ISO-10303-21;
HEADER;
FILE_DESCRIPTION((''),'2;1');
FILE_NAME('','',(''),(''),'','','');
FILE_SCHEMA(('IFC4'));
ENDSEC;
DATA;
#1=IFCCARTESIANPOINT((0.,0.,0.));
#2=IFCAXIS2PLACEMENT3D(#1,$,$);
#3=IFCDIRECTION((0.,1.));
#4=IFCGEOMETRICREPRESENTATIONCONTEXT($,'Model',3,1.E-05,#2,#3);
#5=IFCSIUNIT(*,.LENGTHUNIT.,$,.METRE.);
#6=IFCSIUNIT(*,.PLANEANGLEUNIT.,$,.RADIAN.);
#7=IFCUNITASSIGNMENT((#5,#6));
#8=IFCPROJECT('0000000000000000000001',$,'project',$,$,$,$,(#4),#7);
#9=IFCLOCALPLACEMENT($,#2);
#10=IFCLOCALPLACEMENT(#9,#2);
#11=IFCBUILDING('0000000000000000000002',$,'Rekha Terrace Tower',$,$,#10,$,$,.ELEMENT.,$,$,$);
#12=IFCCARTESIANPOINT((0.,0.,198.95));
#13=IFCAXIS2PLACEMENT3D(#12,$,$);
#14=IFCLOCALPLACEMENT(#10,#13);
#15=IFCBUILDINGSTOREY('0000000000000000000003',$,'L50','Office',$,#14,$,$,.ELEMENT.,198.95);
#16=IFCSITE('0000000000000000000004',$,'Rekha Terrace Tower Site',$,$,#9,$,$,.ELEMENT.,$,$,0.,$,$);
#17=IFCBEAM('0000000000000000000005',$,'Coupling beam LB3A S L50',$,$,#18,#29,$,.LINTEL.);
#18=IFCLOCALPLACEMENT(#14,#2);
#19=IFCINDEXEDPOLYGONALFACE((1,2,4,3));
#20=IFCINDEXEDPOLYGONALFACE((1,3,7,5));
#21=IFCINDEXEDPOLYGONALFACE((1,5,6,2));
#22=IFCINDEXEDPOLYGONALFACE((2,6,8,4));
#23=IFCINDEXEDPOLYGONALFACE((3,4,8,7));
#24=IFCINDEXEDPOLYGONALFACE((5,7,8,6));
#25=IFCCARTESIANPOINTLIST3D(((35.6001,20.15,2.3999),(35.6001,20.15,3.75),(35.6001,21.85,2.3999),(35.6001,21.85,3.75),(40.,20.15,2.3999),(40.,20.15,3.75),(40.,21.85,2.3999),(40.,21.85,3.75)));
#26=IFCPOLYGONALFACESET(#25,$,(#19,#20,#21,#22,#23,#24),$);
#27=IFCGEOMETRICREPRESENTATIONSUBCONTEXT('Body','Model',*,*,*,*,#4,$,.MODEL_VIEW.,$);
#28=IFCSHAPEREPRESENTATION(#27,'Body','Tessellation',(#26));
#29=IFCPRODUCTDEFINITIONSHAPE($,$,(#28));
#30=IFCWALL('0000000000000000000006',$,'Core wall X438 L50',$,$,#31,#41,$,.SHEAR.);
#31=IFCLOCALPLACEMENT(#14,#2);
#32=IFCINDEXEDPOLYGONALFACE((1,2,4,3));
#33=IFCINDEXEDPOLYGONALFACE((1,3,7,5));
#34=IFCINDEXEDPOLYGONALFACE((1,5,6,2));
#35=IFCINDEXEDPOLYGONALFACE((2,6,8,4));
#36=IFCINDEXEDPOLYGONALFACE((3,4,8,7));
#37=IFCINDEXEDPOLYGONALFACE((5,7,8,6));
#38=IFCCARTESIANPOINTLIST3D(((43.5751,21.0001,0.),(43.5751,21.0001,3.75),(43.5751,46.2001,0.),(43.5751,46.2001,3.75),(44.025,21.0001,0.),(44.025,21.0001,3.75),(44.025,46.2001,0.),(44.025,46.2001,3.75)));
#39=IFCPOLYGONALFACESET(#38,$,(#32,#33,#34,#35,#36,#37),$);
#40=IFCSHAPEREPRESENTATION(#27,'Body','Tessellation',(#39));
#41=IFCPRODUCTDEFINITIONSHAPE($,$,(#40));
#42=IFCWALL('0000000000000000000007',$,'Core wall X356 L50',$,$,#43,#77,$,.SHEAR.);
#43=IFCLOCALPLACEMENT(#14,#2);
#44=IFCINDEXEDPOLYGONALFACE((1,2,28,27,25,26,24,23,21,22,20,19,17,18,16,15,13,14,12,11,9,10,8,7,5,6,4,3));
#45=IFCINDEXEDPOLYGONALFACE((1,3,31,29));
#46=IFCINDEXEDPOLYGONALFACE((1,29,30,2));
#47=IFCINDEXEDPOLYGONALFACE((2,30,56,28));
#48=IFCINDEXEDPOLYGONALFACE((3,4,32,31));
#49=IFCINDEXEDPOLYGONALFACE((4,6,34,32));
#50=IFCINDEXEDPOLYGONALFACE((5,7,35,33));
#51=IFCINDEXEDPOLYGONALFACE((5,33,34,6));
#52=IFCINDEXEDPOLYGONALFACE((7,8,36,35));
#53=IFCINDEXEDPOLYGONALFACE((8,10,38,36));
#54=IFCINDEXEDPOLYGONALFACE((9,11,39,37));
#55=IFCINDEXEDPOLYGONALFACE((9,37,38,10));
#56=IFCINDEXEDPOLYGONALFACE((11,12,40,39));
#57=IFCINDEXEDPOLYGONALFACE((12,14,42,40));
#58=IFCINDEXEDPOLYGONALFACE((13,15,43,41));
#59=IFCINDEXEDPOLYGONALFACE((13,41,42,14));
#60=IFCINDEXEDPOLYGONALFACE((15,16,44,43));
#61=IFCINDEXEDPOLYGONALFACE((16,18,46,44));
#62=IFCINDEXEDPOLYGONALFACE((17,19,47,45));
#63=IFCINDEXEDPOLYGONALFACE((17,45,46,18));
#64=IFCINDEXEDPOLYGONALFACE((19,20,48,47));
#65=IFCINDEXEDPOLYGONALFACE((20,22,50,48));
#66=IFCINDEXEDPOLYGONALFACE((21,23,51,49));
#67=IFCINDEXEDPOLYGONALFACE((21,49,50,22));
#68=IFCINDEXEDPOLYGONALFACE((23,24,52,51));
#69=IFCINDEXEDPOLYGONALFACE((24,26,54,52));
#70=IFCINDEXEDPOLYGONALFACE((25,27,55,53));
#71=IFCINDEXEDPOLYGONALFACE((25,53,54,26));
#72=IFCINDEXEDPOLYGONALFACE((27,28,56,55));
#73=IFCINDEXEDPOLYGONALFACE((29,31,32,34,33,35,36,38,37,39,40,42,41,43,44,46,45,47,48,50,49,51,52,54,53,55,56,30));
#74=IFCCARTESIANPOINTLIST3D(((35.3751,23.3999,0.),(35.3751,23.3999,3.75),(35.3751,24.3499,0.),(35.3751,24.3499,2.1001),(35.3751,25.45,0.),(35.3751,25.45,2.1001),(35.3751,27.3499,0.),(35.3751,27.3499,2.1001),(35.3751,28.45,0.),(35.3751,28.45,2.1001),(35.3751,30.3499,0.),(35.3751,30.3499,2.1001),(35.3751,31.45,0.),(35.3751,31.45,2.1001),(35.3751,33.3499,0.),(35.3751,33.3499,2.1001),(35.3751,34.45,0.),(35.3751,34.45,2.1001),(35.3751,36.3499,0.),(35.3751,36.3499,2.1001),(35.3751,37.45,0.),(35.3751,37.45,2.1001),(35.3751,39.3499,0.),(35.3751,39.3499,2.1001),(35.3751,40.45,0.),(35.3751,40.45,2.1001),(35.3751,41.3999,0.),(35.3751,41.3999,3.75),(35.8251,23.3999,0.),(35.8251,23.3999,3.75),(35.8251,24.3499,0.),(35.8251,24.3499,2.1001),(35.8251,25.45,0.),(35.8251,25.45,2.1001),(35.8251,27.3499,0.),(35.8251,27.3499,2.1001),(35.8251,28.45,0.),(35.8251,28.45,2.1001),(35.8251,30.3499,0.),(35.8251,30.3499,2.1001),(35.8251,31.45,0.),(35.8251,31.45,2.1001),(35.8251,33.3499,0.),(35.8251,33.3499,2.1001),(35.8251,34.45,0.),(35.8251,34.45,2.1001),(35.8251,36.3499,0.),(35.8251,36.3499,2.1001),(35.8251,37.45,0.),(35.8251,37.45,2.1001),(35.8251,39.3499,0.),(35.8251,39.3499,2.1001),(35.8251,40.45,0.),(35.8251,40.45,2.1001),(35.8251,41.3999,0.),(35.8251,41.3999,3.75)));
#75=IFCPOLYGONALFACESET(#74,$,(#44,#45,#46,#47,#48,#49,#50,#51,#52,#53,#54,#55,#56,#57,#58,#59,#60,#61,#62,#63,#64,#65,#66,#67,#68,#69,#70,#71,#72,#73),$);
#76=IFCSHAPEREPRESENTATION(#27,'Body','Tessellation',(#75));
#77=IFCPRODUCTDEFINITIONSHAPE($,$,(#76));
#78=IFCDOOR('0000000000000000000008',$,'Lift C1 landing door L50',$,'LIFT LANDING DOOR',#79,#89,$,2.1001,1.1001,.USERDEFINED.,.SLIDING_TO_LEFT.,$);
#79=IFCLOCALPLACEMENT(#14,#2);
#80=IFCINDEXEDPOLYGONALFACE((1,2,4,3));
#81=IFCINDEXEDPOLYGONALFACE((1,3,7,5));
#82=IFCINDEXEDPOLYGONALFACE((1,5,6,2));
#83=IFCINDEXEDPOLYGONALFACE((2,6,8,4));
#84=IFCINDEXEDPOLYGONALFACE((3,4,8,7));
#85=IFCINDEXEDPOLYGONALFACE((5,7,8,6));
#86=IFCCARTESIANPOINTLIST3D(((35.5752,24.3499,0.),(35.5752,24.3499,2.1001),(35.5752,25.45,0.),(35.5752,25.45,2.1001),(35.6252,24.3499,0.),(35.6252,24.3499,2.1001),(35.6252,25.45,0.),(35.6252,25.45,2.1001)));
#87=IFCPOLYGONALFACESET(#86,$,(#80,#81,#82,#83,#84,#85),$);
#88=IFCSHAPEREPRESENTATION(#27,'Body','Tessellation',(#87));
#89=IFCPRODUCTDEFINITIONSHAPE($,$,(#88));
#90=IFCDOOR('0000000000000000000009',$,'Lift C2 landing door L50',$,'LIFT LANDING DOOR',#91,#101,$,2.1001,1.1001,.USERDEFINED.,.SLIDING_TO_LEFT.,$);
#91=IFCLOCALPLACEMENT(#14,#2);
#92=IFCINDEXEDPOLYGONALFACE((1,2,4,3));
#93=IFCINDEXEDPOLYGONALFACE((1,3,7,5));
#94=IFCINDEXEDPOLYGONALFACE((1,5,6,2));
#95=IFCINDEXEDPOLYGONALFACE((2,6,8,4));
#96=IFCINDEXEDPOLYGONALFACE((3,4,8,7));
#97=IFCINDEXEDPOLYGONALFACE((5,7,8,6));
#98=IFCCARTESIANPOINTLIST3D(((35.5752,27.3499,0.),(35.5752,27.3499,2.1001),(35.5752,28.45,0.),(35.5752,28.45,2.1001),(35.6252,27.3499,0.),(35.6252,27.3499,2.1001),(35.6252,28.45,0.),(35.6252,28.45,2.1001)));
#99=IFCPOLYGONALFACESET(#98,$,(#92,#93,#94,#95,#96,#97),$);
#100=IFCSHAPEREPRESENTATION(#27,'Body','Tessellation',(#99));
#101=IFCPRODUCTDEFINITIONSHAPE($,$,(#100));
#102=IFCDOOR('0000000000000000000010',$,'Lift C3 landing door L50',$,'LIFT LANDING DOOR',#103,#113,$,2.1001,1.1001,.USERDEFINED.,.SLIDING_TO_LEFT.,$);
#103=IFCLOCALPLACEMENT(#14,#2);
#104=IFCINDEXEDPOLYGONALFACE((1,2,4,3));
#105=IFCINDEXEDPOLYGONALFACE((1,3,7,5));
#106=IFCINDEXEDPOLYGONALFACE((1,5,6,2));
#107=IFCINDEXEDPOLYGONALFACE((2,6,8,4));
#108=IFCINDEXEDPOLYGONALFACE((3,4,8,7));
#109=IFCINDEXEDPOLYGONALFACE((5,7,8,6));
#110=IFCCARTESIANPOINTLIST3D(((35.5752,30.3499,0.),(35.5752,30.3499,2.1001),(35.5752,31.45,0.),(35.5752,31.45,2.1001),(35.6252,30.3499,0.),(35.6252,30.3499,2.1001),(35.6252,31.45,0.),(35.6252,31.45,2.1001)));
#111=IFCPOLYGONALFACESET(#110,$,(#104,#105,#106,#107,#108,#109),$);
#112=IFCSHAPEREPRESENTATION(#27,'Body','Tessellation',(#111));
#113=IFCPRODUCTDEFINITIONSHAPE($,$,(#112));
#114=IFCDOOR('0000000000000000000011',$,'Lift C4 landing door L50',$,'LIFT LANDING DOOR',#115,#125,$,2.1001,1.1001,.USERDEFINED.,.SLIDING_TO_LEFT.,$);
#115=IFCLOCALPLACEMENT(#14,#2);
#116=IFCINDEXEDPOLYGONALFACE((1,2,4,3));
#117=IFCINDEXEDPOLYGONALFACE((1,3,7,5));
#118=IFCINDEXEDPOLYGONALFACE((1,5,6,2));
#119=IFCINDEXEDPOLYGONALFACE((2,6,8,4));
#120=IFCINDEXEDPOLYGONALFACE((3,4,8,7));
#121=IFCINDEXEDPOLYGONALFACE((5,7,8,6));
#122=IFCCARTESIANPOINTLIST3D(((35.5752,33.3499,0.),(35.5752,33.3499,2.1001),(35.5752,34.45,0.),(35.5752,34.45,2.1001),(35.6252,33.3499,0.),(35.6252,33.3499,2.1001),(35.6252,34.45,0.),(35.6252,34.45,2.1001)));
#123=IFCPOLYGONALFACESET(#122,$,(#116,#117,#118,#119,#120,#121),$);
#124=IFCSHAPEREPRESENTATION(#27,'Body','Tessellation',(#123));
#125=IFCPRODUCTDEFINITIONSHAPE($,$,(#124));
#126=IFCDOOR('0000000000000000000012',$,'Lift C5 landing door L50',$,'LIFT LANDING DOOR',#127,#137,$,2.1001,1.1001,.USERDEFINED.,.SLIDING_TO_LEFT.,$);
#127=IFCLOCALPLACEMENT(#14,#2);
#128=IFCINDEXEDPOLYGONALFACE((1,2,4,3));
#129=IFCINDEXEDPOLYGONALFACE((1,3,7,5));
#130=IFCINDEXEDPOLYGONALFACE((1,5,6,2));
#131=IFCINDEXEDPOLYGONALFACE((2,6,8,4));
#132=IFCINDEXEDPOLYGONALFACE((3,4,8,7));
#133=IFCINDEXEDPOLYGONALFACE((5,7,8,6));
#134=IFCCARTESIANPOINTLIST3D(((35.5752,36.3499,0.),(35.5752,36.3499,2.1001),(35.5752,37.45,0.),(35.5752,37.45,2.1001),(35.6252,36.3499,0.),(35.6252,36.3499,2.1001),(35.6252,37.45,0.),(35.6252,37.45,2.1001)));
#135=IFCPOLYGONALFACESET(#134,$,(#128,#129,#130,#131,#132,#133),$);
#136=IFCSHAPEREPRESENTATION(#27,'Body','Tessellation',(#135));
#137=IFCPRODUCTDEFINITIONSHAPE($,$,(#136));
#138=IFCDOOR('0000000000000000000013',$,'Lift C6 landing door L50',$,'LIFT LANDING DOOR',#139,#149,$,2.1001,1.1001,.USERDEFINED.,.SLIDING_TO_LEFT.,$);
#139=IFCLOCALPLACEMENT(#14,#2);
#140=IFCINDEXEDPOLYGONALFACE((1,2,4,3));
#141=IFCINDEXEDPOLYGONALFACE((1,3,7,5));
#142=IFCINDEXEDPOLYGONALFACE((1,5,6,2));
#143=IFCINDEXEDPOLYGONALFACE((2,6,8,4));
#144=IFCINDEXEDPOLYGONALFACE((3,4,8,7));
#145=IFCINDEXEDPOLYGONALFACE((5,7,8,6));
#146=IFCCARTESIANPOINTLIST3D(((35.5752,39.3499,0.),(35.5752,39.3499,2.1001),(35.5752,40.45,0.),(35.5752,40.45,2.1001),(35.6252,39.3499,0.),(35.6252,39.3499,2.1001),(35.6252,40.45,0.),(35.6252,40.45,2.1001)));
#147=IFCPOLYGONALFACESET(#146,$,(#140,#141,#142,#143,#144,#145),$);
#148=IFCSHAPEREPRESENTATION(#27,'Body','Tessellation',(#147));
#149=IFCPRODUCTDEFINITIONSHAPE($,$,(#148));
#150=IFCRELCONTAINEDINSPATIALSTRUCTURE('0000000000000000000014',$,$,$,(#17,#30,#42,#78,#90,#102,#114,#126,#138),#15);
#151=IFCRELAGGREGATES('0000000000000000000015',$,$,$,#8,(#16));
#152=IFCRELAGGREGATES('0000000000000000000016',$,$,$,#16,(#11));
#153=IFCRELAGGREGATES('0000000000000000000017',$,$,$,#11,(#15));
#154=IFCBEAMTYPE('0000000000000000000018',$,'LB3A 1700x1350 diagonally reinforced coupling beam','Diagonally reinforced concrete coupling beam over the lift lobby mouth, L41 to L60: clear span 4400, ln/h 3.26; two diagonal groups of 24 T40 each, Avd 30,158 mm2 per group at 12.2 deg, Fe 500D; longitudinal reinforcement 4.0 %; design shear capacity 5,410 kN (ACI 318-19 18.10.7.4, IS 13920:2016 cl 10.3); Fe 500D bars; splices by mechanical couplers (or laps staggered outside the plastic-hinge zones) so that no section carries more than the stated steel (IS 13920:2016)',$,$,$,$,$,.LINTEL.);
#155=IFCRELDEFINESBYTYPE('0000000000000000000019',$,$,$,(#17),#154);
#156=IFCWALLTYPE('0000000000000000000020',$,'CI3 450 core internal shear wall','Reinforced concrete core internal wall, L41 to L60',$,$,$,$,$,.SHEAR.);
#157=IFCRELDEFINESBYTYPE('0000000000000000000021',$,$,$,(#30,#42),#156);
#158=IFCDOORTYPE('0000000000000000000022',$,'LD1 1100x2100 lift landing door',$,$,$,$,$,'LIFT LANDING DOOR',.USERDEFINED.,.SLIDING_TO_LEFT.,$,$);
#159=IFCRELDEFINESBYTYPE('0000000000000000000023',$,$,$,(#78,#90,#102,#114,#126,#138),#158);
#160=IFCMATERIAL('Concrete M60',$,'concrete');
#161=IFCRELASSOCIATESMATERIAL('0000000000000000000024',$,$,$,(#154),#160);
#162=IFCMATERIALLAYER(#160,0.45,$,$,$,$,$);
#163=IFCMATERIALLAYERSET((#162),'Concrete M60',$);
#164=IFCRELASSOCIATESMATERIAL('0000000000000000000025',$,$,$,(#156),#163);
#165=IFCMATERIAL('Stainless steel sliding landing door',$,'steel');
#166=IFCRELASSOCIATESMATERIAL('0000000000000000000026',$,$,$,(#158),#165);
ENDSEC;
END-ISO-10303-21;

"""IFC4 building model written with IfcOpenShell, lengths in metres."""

from ifc_helpers import new_model, si_unit, direction, frame, frame_2d, origin, origin_2d, place, context, subcontext, project, spatial, rectangle, extrude, material, layer, layer_set, material_profile, profile_set, type_object, element, fill, save


model = new_model("IFC4")

# Units and contexts
model_context = context("Model", 3, precision=1e-05, world=origin(), true_north=direction((0.0, 1.0)))
body_context = subcontext(model_context, "Body", "Model", "MODEL_VIEW")
ifc_project = project(units=[si_unit("LENGTHUNIT", "METRE"), si_unit("PLANEANGLEUNIT", "RADIAN")], contexts=[model_context])

# Site, building, storey
site_placement = place(None, origin())
site = spatial("IfcSite", under=ifc_project, at=site_placement, Name="Rekha Terrace Tower Site", CompositionType="ELEMENT", RefElevation=0.0)
building_placement = place(site_placement, origin())
building = spatial("IfcBuilding", under=site, at=building_placement, Name="Rekha Terrace Tower", CompositionType="ELEMENT")
storey_placement = place(building_placement, frame((0.0, 0.0, 198.95)))
storey = spatial("IfcBuildingStorey", under=building, at=storey_placement, Name="L50", Description="Office", CompositionType="ELEMENT", Elevation=198.95)

# Beam
ifc_material_1 = material(Name="Concrete M60", Category="concrete")
ifc_material_profile = material_profile(ifc_material_1, rectangle(XDim=1.7, YDim=1.3501, at=origin_2d()), Name="RC 1700x1350")
ifc_profile_set = profile_set([ifc_material_profile], Name="Concrete M60")
beam_type = type_object("IfcBeamType", Name="LB3A 1700x1350 diagonally reinforced coupling beam", Description="Diagonally reinforced concrete coupling beam over the lift lobby mouth, L41 to L60: clear span 4400, ln/h 3.26; two diagonal groups of 24 T40 each, Avd 30,158 mm2 per group at 12.2 deg, Fe 500D; longitudinal reinforcement 4.0 %; design shear capacity 5,410 kN (ACI 318-19 18.10.7.4, IS 13920:2016 cl 10.3); Fe 500D bars; splices by mechanical couplers (or laps staggered outside the plastic-hinge zones) so that no section carries more than the stated steel (IS 13920:2016)", PredefinedType="LINTEL", material=ifc_profile_set)
beam_placement = place(storey_placement, frame((35.6001, 21.0, 3.075), z_axis=(1.0, 0.0, 0.0), x_axis=(0.0, 1.0, 0.0)))
element("IfcBeam", 1, at=beam_placement, inside=storey, type_object=beam_type, Name="Coupling beam LB3A S L50", PredefinedType="LINTEL", context=body_context, shape_type="SweptSolid", body=[
    extrude(rectangle(XDim=1.7, YDim=1.3501, at=origin_2d()), origin(), (0.0, 0.0, 1.0), 4.3999),
])

# Wall
ifc_layer_1 = layer(ifc_material_1, 0.45)
ifc_layer_set_1 = layer_set([ifc_layer_1], Name="Concrete M60")
wall_type_1 = type_object("IfcWallType", Name="CI3 450 core internal shear wall", Description="Reinforced concrete core internal wall, L41 to L60", PredefinedType="SHEAR", material=ifc_layer_set_1)
wall_1_placement = place(storey_placement, frame((43.8, 21.0, 0.0), z_axis=(0.0, 0.0, 1.0), x_axis=(0.0, 1.0, 0.0)))
element("IfcWall", 2, at=wall_1_placement, inside=storey, type_object=wall_type_1, Name="Core wall X438 L50", PredefinedType="SHEAR", context=body_context, shape_type="SweptSolid", body=[
    extrude(rectangle(XDim=25.2, YDim=0.45, at=frame_2d((12.6001, 0.0))), origin(), (0.0, 0.0, 1.0), 3.75),
])

# Wall, openings, doors
wall_2_placement = place(storey_placement, frame((35.6001, 23.3999, 0.0), z_axis=(0.0, 0.0, 1.0), x_axis=(0.0, 1.0, 0.0)))
wall_2 = element("IfcWall", 3, at=wall_2_placement, inside=storey, type_object=wall_type_1, Name="Core wall X356 L50", PredefinedType="SHEAR", context=body_context, shape_type="SweptSolid", body=[
    extrude(rectangle(XDim=18.0, YDim=0.45, at=frame_2d((9.0, 0.0))), origin(), (0.0, 0.0, 1.0), 3.75),
])
opening_1_placement = place(wall_2_placement, frame((0.95, 0.0, 0.0)))
opening_1 = element("IfcOpeningElement", 4, at=opening_1_placement, cuts=wall_2, PredefinedType="OPENING", context=body_context, shape_type="SweptSolid", body=[
    extrude(rectangle(XDim=1.1001, YDim=2.1001, at=frame_2d((0.55, 1.05))), frame((0.0, 0.2349, 0.0), z_axis=(0.0, -1.0, 0.0), x_axis=(1.0, 0.0, 0.0)), (0.0, 0.0, 1.0), 0.47),
])
opening_2_placement = place(wall_2_placement, frame((3.95, 0.0, 0.0)))
opening_2 = element("IfcOpeningElement", 5, at=opening_2_placement, cuts=wall_2, PredefinedType="OPENING", context=body_context, shape_type="SweptSolid", body=[
    extrude(rectangle(XDim=1.1001, YDim=2.1001, at=frame_2d((0.55, 1.05))), frame((0.0, 0.2349, 0.0), z_axis=(0.0, -1.0, 0.0), x_axis=(1.0, 0.0, 0.0)), (0.0, 0.0, 1.0), 0.47),
])
opening_3_placement = place(wall_2_placement, frame((6.95, 0.0, 0.0)))
opening_3 = element("IfcOpeningElement", 6, at=opening_3_placement, cuts=wall_2, PredefinedType="OPENING", context=body_context, shape_type="SweptSolid", body=[
    extrude(rectangle(XDim=1.1001, YDim=2.1001, at=frame_2d((0.55, 1.05))), frame((0.0, 0.2349, 0.0), z_axis=(0.0, -1.0, 0.0), x_axis=(1.0, 0.0, 0.0)), (0.0, 0.0, 1.0), 0.47),
])
opening_4_placement = place(wall_2_placement, frame((9.95, 0.0, 0.0)))
opening_4 = element("IfcOpeningElement", 7, at=opening_4_placement, cuts=wall_2, PredefinedType="OPENING", context=body_context, shape_type="SweptSolid", body=[
    extrude(rectangle(XDim=1.1001, YDim=2.1001, at=frame_2d((0.55, 1.05))), frame((0.0, 0.2349, 0.0), z_axis=(0.0, -1.0, 0.0), x_axis=(1.0, 0.0, 0.0)), (0.0, 0.0, 1.0), 0.47),
])
opening_5_placement = place(wall_2_placement, frame((12.95, 0.0, 0.0)))
opening_5 = element("IfcOpeningElement", 8, at=opening_5_placement, cuts=wall_2, PredefinedType="OPENING", context=body_context, shape_type="SweptSolid", body=[
    extrude(rectangle(XDim=1.1001, YDim=2.1001, at=frame_2d((0.55, 1.05))), frame((0.0, 0.2349, 0.0), z_axis=(0.0, -1.0, 0.0), x_axis=(1.0, 0.0, 0.0)), (0.0, 0.0, 1.0), 0.47),
])
opening_6_placement = place(wall_2_placement, frame((15.95, 0.0, 0.0)))
opening_6 = element("IfcOpeningElement", 9, at=opening_6_placement, cuts=wall_2, PredefinedType="OPENING", context=body_context, shape_type="SweptSolid", body=[
    extrude(rectangle(XDim=1.1001, YDim=2.1001, at=frame_2d((0.55, 1.05))), frame((0.0, 0.2349, 0.0), z_axis=(0.0, -1.0, 0.0), x_axis=(1.0, 0.0, 0.0)), (0.0, 0.0, 1.0), 0.47),
])
ifc_material_2 = material(Name="Stainless steel sliding landing door", Category="steel")
door_type_1 = type_object("IfcDoorType", Name="LD1 1100x2100 lift landing door", ElementType="LIFT LANDING DOOR", OperationType="SLIDING_TO_LEFT", PredefinedType="USERDEFINED", material=ifc_material_2)
door_1_placement = place(opening_1_placement, origin())
door_1 = element("IfcDoor", 10, at=door_1_placement, inside=storey, type_object=door_type_1, Name="Lift C1 landing door L50", ObjectType="LIFT LANDING DOOR", OperationType="SLIDING_TO_LEFT", OverallHeight=2.1001, OverallWidth=1.1001, PredefinedType="USERDEFINED", context=body_context, shape_type="SweptSolid", body=[
    extrude(rectangle(XDim=1.1001, YDim=2.1001, at=frame_2d((0.55, 1.05))), frame((0.0, 0.0249, 0.0), z_axis=(0.0, -1.0, 0.0), x_axis=(1.0, 0.0, 0.0)), (0.0, 0.0, 1.0), 0.05),
])
fill(opening_1, door_1)
door_2_placement = place(opening_2_placement, origin())
door_2 = element("IfcDoor", 11, at=door_2_placement, inside=storey, type_object=door_type_1, Name="Lift C2 landing door L50", ObjectType="LIFT LANDING DOOR", OperationType="SLIDING_TO_LEFT", OverallHeight=2.1001, OverallWidth=1.1001, PredefinedType="USERDEFINED", context=body_context, shape_type="SweptSolid", body=[
    extrude(rectangle(XDim=1.1001, YDim=2.1001, at=frame_2d((0.55, 1.05))), frame((0.0, 0.0249, 0.0), z_axis=(0.0, -1.0, 0.0), x_axis=(1.0, 0.0, 0.0)), (0.0, 0.0, 1.0), 0.05),
])
fill(opening_2, door_2)
door_3_placement = place(opening_3_placement, origin())
door_3 = element("IfcDoor", 12, at=door_3_placement, inside=storey, type_object=door_type_1, Name="Lift C3 landing door L50", ObjectType="LIFT LANDING DOOR", OperationType="SLIDING_TO_LEFT", OverallHeight=2.1001, OverallWidth=1.1001, PredefinedType="USERDEFINED", context=body_context, shape_type="SweptSolid", body=[
    extrude(rectangle(XDim=1.1001, YDim=2.1001, at=frame_2d((0.55, 1.05))), frame((0.0, 0.0249, 0.0), z_axis=(0.0, -1.0, 0.0), x_axis=(1.0, 0.0, 0.0)), (0.0, 0.0, 1.0), 0.05),
])
fill(opening_3, door_3)
door_4_placement = place(opening_4_placement, origin())
door_4 = element("IfcDoor", 13, at=door_4_placement, inside=storey, type_object=door_type_1, Name="Lift C4 landing door L50", ObjectType="LIFT LANDING DOOR", OperationType="SLIDING_TO_LEFT", OverallHeight=2.1001, OverallWidth=1.1001, PredefinedType="USERDEFINED", context=body_context, shape_type="SweptSolid", body=[
    extrude(rectangle(XDim=1.1001, YDim=2.1001, at=frame_2d((0.55, 1.05))), frame((0.0, 0.0249, 0.0), z_axis=(0.0, -1.0, 0.0), x_axis=(1.0, 0.0, 0.0)), (0.0, 0.0, 1.0), 0.05),
])
fill(opening_4, door_4)
door_5_placement = place(opening_5_placement, origin())
door_5 = element("IfcDoor", 14, at=door_5_placement, inside=storey, type_object=door_type_1, Name="Lift C5 landing door L50", ObjectType="LIFT LANDING DOOR", OperationType="SLIDING_TO_LEFT", OverallHeight=2.1001, OverallWidth=1.1001, PredefinedType="USERDEFINED", context=body_context, shape_type="SweptSolid", body=[
    extrude(rectangle(XDim=1.1001, YDim=2.1001, at=frame_2d((0.55, 1.05))), frame((0.0, 0.0249, 0.0), z_axis=(0.0, -1.0, 0.0), x_axis=(1.0, 0.0, 0.0)), (0.0, 0.0, 1.0), 0.05),
])
fill(opening_5, door_5)
door_6_placement = place(opening_6_placement, origin())
door_6 = element("IfcDoor", 15, at=door_6_placement, inside=storey, type_object=door_type_1, Name="Lift C6 landing door L50", ObjectType="LIFT LANDING DOOR", OperationType="SLIDING_TO_LEFT", OverallHeight=2.1001, OverallWidth=1.1001, PredefinedType="USERDEFINED", context=body_context, shape_type="SweptSolid", body=[
    extrude(rectangle(XDim=1.1001, YDim=2.1001, at=frame_2d((0.55, 1.05))), frame((0.0, 0.0249, 0.0), z_axis=(0.0, -1.0, 0.0), x_axis=(1.0, 0.0, 0.0)), (0.0, 0.0, 1.0), 0.05),
])
fill(opening_6, door_6)

save(model, "model.ifc")
